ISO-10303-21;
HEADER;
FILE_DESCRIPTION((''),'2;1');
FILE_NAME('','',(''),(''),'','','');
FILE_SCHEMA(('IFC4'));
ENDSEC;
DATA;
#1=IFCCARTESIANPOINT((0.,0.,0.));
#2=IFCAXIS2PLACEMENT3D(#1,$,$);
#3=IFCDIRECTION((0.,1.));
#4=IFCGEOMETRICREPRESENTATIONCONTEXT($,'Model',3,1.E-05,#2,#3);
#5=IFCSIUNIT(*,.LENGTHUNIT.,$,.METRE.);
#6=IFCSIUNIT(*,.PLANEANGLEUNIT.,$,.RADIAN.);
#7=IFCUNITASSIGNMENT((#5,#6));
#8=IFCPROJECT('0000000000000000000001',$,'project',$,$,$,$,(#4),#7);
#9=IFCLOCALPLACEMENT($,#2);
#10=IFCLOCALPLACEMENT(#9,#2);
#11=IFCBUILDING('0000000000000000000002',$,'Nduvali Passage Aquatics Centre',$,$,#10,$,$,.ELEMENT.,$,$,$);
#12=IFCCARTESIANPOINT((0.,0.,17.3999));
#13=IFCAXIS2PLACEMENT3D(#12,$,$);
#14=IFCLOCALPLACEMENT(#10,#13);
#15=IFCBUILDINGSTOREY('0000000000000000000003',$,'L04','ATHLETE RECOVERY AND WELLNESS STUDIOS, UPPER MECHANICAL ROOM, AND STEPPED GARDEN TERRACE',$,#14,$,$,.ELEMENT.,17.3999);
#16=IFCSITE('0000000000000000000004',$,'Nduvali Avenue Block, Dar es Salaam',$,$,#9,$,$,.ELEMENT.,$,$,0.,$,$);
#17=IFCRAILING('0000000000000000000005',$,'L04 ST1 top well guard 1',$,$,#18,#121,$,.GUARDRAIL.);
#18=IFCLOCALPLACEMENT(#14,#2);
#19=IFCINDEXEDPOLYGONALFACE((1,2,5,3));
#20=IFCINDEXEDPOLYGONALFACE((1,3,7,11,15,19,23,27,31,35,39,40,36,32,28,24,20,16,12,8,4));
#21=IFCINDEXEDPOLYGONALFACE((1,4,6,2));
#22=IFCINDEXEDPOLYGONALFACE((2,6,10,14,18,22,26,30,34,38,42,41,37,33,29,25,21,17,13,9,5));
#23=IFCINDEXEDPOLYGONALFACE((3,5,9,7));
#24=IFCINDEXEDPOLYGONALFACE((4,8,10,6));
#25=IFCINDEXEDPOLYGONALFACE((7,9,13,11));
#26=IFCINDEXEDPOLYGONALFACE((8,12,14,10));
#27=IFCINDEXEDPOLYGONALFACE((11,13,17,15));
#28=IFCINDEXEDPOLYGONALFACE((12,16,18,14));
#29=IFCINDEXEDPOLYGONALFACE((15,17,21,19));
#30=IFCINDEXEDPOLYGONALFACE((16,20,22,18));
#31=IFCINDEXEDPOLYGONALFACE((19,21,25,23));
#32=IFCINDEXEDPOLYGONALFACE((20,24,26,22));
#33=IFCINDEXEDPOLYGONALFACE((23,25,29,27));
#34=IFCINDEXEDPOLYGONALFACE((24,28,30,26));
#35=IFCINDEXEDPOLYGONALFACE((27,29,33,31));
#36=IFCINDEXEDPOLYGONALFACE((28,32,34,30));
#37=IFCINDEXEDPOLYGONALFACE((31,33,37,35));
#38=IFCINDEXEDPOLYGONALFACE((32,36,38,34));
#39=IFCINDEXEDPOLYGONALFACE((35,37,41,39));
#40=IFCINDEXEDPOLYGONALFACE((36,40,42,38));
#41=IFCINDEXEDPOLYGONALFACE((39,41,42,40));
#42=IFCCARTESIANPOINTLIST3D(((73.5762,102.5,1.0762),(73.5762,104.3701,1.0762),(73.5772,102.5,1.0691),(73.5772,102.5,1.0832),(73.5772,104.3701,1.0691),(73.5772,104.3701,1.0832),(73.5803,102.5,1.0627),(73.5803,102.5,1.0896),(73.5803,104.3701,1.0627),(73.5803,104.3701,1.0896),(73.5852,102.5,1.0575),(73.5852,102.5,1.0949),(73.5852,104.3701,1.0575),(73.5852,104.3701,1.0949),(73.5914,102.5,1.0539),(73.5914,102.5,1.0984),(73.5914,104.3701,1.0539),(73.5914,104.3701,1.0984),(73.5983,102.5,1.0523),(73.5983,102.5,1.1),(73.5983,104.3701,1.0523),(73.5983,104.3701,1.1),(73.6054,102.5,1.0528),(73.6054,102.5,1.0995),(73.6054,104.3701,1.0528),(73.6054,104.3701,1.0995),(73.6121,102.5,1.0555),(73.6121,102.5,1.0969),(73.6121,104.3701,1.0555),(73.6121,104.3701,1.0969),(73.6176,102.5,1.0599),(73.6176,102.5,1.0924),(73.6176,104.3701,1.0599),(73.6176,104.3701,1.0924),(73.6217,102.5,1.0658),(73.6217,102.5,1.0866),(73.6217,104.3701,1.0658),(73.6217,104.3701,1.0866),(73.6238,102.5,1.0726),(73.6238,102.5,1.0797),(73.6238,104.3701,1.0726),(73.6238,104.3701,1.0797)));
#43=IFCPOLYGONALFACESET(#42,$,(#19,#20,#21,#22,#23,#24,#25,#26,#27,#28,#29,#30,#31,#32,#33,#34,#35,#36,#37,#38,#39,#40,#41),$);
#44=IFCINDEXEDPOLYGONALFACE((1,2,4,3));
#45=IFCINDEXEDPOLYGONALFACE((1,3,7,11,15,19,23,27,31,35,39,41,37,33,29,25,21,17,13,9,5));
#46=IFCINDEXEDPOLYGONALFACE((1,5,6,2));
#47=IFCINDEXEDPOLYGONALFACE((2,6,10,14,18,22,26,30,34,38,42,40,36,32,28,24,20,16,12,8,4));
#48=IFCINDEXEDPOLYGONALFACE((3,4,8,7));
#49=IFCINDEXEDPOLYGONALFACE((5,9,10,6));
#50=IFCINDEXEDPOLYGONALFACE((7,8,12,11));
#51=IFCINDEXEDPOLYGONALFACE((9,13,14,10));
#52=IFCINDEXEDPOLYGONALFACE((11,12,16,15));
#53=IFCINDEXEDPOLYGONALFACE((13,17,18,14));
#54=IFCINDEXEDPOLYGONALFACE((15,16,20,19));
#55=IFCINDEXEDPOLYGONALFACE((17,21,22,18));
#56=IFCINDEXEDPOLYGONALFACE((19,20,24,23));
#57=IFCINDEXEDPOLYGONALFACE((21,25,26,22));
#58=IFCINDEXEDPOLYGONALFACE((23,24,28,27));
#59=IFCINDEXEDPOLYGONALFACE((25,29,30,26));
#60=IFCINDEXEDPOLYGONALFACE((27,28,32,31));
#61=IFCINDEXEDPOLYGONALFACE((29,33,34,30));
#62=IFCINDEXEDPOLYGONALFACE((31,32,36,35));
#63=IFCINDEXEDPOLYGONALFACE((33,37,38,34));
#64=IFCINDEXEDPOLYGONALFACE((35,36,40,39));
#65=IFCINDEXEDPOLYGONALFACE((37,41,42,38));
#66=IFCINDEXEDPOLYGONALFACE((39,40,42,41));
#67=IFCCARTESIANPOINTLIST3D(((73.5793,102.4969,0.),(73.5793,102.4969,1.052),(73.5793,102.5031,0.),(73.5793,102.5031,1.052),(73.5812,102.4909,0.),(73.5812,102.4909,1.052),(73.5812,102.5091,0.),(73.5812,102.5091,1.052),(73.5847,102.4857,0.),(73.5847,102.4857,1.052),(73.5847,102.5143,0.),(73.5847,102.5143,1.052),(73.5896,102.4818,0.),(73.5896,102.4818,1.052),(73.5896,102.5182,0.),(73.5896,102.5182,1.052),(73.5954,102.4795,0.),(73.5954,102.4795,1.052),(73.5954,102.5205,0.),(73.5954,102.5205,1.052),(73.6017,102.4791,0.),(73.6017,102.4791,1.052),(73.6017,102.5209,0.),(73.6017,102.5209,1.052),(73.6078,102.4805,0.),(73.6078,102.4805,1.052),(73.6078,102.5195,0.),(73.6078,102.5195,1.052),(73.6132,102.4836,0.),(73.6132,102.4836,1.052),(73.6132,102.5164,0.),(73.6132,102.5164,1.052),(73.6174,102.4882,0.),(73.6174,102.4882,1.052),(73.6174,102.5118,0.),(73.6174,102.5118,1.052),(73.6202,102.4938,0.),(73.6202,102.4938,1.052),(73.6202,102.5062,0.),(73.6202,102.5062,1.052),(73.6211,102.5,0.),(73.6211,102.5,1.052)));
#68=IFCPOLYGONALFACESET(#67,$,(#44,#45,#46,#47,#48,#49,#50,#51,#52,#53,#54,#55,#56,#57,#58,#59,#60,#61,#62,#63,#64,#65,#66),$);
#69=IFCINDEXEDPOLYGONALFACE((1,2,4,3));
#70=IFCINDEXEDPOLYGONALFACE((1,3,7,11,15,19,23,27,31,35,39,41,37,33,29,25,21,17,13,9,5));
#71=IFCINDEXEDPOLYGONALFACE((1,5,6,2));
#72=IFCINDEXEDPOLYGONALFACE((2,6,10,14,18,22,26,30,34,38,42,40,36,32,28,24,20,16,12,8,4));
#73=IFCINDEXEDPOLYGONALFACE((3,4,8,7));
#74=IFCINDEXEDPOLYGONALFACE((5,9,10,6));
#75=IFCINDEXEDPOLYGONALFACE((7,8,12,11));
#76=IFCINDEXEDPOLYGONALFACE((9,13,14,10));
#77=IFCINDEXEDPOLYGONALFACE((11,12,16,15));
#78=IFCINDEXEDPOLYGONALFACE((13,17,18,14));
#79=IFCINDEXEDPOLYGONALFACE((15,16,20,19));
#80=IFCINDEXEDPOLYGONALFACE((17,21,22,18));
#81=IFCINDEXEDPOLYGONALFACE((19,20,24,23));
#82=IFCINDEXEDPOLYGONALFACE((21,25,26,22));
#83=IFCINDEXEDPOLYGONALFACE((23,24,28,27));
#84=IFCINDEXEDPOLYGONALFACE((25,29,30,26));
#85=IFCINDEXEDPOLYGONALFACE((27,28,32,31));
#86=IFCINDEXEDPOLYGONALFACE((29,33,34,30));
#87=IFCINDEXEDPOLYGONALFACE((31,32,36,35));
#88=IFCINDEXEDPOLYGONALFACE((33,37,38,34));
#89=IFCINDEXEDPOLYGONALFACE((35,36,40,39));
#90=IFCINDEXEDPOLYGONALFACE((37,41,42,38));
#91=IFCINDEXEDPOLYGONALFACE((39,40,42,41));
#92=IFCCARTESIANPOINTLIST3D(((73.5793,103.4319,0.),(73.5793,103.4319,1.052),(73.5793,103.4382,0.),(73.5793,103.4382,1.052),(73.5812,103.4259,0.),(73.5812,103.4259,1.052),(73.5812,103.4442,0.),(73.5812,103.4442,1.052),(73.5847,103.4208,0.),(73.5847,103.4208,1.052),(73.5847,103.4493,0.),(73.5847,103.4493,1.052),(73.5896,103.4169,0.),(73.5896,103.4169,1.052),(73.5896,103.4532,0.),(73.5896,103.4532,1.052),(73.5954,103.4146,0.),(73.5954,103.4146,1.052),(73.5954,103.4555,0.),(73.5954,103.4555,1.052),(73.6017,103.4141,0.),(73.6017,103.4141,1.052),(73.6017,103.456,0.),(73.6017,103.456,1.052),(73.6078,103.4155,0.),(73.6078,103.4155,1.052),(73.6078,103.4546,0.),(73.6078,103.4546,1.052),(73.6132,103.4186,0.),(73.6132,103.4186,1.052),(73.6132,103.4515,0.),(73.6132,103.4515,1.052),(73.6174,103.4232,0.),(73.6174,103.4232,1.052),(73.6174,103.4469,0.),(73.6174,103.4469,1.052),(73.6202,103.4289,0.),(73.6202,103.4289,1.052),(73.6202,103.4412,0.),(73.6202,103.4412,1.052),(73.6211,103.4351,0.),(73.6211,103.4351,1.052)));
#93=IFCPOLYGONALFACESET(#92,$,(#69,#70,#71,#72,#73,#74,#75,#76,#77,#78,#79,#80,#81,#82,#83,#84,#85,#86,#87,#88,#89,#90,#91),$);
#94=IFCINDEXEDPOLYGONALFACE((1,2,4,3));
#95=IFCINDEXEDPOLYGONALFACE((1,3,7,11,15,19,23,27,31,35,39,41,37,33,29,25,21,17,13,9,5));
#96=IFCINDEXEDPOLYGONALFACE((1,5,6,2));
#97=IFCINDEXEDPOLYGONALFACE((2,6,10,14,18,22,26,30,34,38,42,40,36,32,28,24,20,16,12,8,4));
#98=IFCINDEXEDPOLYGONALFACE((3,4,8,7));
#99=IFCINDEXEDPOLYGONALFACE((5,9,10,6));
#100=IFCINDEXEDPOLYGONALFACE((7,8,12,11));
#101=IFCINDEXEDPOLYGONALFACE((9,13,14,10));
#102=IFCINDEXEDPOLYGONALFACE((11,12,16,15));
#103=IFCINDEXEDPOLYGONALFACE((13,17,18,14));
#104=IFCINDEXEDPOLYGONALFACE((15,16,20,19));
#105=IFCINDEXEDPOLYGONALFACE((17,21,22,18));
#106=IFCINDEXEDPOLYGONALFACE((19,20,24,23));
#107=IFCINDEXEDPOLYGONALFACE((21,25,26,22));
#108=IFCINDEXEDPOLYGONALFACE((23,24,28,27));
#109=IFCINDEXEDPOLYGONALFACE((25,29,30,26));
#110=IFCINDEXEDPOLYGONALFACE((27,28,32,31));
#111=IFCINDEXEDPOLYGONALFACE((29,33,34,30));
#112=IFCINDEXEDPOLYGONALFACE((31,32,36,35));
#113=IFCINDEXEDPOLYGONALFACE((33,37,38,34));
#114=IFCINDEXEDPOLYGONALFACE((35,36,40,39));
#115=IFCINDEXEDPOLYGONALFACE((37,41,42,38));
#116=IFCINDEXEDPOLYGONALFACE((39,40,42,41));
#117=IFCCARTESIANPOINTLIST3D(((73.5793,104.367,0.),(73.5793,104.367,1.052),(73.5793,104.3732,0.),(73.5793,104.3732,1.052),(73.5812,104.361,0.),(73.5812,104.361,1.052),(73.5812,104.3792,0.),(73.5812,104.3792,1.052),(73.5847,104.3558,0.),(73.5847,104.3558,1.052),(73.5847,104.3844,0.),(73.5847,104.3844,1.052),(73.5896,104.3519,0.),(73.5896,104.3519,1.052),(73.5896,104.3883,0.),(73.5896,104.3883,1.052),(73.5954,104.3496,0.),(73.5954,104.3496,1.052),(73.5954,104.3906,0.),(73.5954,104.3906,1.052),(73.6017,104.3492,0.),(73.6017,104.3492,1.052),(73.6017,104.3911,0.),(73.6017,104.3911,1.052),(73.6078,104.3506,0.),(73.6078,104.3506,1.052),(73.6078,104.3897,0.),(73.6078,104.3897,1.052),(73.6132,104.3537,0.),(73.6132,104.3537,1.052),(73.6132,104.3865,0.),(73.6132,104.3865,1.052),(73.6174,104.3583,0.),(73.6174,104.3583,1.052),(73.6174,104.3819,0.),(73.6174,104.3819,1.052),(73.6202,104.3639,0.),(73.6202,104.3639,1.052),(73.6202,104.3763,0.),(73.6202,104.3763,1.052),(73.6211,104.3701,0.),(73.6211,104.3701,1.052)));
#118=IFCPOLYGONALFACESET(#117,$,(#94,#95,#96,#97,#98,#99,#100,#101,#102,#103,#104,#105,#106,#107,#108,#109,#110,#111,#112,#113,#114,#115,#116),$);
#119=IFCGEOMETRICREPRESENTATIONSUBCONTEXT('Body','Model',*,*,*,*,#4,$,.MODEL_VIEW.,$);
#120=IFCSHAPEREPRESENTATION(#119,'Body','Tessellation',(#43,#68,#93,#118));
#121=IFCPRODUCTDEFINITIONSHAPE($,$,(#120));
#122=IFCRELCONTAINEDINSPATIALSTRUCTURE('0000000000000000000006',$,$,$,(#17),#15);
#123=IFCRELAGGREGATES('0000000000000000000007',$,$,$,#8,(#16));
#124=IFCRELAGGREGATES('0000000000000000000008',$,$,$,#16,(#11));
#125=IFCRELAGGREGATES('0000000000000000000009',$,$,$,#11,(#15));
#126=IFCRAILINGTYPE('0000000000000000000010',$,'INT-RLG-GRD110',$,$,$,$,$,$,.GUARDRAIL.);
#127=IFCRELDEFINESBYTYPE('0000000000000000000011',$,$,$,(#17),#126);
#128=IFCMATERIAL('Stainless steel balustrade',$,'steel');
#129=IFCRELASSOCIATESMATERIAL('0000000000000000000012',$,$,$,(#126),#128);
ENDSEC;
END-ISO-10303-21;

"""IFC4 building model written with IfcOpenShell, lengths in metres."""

from ifc_helpers import new_model, si_unit, direction, frame, origin, origin_2d, place, context, subcontext, project, spatial, circle, extrude, material, type_object, element, save


model = new_model("IFC4")

# Units and contexts
model_context = context("Model", 3, precision=1e-05, world=origin(), true_north=direction((0.0, 1.0)))
body_context = subcontext(model_context, "Body", "Model", "MODEL_VIEW")
ifc_project = project(units=[si_unit("LENGTHUNIT", "METRE"), si_unit("PLANEANGLEUNIT", "RADIAN")], contexts=[model_context])

# Site, building, storey
site_placement = place(None, origin())
site = spatial("IfcSite", under=ifc_project, at=site_placement, Name="Nduvali Avenue Block, Dar es Salaam", CompositionType="ELEMENT", RefElevation=0.0)
building_placement = place(site_placement, origin())
building = spatial("IfcBuilding", under=site, at=building_placement, Name="Nduvali Passage Aquatics Centre", CompositionType="ELEMENT")
storey_placement = place(building_placement, frame((0.0, 0.0, 17.3999)))
storey = spatial("IfcBuildingStorey", under=building, at=storey_placement, Name="L04", Description="ATHLETE RECOVERY AND WELLNESS STUDIOS, UPPER MECHANICAL ROOM, AND STEPPED GARDEN TERRACE", CompositionType="ELEMENT", Elevation=17.3999)

# Railing
ifc_material_1 = material(Name="Stainless steel balustrade", Category="steel")
railing_type = type_object("IfcRailingType", Name="INT-RLG-GRD110", PredefinedType="GUARDRAIL", material=ifc_material_1)
railing_placement = place(storey_placement, frame((73.6001, 102.5, 0.0)))
element("IfcRailing", 1, at=railing_placement, inside=storey, type_object=railing_type, Name="L04 ST1 top well guard 1", PredefinedType="GUARDRAIL", context=body_context, shape_type="SweptSolid", body=[
    extrude(circle(Radius=0.0239, at=origin_2d()), frame((0.0, 0.0, 1.0762), z_axis=(0.0, 1.0, 0.0), x_axis=(-1.0, 0.0, 0.0)), (0.0, 0.0, 1.0), 1.8701),
    extrude(circle(Radius=0.021, at=origin_2d()), origin(), (0.0, 0.0, 1.0), 1.052),
    extrude(circle(Radius=0.021, at=origin_2d()), frame((0.0, 0.9351, 0.0)), (0.0, 0.0, 1.0), 1.052),
    extrude(circle(Radius=0.021, at=origin_2d()), frame((0.0, 1.8701, 0.0)), (0.0, 0.0, 1.0), 1.052),
])

save(model, "model.ifc")
